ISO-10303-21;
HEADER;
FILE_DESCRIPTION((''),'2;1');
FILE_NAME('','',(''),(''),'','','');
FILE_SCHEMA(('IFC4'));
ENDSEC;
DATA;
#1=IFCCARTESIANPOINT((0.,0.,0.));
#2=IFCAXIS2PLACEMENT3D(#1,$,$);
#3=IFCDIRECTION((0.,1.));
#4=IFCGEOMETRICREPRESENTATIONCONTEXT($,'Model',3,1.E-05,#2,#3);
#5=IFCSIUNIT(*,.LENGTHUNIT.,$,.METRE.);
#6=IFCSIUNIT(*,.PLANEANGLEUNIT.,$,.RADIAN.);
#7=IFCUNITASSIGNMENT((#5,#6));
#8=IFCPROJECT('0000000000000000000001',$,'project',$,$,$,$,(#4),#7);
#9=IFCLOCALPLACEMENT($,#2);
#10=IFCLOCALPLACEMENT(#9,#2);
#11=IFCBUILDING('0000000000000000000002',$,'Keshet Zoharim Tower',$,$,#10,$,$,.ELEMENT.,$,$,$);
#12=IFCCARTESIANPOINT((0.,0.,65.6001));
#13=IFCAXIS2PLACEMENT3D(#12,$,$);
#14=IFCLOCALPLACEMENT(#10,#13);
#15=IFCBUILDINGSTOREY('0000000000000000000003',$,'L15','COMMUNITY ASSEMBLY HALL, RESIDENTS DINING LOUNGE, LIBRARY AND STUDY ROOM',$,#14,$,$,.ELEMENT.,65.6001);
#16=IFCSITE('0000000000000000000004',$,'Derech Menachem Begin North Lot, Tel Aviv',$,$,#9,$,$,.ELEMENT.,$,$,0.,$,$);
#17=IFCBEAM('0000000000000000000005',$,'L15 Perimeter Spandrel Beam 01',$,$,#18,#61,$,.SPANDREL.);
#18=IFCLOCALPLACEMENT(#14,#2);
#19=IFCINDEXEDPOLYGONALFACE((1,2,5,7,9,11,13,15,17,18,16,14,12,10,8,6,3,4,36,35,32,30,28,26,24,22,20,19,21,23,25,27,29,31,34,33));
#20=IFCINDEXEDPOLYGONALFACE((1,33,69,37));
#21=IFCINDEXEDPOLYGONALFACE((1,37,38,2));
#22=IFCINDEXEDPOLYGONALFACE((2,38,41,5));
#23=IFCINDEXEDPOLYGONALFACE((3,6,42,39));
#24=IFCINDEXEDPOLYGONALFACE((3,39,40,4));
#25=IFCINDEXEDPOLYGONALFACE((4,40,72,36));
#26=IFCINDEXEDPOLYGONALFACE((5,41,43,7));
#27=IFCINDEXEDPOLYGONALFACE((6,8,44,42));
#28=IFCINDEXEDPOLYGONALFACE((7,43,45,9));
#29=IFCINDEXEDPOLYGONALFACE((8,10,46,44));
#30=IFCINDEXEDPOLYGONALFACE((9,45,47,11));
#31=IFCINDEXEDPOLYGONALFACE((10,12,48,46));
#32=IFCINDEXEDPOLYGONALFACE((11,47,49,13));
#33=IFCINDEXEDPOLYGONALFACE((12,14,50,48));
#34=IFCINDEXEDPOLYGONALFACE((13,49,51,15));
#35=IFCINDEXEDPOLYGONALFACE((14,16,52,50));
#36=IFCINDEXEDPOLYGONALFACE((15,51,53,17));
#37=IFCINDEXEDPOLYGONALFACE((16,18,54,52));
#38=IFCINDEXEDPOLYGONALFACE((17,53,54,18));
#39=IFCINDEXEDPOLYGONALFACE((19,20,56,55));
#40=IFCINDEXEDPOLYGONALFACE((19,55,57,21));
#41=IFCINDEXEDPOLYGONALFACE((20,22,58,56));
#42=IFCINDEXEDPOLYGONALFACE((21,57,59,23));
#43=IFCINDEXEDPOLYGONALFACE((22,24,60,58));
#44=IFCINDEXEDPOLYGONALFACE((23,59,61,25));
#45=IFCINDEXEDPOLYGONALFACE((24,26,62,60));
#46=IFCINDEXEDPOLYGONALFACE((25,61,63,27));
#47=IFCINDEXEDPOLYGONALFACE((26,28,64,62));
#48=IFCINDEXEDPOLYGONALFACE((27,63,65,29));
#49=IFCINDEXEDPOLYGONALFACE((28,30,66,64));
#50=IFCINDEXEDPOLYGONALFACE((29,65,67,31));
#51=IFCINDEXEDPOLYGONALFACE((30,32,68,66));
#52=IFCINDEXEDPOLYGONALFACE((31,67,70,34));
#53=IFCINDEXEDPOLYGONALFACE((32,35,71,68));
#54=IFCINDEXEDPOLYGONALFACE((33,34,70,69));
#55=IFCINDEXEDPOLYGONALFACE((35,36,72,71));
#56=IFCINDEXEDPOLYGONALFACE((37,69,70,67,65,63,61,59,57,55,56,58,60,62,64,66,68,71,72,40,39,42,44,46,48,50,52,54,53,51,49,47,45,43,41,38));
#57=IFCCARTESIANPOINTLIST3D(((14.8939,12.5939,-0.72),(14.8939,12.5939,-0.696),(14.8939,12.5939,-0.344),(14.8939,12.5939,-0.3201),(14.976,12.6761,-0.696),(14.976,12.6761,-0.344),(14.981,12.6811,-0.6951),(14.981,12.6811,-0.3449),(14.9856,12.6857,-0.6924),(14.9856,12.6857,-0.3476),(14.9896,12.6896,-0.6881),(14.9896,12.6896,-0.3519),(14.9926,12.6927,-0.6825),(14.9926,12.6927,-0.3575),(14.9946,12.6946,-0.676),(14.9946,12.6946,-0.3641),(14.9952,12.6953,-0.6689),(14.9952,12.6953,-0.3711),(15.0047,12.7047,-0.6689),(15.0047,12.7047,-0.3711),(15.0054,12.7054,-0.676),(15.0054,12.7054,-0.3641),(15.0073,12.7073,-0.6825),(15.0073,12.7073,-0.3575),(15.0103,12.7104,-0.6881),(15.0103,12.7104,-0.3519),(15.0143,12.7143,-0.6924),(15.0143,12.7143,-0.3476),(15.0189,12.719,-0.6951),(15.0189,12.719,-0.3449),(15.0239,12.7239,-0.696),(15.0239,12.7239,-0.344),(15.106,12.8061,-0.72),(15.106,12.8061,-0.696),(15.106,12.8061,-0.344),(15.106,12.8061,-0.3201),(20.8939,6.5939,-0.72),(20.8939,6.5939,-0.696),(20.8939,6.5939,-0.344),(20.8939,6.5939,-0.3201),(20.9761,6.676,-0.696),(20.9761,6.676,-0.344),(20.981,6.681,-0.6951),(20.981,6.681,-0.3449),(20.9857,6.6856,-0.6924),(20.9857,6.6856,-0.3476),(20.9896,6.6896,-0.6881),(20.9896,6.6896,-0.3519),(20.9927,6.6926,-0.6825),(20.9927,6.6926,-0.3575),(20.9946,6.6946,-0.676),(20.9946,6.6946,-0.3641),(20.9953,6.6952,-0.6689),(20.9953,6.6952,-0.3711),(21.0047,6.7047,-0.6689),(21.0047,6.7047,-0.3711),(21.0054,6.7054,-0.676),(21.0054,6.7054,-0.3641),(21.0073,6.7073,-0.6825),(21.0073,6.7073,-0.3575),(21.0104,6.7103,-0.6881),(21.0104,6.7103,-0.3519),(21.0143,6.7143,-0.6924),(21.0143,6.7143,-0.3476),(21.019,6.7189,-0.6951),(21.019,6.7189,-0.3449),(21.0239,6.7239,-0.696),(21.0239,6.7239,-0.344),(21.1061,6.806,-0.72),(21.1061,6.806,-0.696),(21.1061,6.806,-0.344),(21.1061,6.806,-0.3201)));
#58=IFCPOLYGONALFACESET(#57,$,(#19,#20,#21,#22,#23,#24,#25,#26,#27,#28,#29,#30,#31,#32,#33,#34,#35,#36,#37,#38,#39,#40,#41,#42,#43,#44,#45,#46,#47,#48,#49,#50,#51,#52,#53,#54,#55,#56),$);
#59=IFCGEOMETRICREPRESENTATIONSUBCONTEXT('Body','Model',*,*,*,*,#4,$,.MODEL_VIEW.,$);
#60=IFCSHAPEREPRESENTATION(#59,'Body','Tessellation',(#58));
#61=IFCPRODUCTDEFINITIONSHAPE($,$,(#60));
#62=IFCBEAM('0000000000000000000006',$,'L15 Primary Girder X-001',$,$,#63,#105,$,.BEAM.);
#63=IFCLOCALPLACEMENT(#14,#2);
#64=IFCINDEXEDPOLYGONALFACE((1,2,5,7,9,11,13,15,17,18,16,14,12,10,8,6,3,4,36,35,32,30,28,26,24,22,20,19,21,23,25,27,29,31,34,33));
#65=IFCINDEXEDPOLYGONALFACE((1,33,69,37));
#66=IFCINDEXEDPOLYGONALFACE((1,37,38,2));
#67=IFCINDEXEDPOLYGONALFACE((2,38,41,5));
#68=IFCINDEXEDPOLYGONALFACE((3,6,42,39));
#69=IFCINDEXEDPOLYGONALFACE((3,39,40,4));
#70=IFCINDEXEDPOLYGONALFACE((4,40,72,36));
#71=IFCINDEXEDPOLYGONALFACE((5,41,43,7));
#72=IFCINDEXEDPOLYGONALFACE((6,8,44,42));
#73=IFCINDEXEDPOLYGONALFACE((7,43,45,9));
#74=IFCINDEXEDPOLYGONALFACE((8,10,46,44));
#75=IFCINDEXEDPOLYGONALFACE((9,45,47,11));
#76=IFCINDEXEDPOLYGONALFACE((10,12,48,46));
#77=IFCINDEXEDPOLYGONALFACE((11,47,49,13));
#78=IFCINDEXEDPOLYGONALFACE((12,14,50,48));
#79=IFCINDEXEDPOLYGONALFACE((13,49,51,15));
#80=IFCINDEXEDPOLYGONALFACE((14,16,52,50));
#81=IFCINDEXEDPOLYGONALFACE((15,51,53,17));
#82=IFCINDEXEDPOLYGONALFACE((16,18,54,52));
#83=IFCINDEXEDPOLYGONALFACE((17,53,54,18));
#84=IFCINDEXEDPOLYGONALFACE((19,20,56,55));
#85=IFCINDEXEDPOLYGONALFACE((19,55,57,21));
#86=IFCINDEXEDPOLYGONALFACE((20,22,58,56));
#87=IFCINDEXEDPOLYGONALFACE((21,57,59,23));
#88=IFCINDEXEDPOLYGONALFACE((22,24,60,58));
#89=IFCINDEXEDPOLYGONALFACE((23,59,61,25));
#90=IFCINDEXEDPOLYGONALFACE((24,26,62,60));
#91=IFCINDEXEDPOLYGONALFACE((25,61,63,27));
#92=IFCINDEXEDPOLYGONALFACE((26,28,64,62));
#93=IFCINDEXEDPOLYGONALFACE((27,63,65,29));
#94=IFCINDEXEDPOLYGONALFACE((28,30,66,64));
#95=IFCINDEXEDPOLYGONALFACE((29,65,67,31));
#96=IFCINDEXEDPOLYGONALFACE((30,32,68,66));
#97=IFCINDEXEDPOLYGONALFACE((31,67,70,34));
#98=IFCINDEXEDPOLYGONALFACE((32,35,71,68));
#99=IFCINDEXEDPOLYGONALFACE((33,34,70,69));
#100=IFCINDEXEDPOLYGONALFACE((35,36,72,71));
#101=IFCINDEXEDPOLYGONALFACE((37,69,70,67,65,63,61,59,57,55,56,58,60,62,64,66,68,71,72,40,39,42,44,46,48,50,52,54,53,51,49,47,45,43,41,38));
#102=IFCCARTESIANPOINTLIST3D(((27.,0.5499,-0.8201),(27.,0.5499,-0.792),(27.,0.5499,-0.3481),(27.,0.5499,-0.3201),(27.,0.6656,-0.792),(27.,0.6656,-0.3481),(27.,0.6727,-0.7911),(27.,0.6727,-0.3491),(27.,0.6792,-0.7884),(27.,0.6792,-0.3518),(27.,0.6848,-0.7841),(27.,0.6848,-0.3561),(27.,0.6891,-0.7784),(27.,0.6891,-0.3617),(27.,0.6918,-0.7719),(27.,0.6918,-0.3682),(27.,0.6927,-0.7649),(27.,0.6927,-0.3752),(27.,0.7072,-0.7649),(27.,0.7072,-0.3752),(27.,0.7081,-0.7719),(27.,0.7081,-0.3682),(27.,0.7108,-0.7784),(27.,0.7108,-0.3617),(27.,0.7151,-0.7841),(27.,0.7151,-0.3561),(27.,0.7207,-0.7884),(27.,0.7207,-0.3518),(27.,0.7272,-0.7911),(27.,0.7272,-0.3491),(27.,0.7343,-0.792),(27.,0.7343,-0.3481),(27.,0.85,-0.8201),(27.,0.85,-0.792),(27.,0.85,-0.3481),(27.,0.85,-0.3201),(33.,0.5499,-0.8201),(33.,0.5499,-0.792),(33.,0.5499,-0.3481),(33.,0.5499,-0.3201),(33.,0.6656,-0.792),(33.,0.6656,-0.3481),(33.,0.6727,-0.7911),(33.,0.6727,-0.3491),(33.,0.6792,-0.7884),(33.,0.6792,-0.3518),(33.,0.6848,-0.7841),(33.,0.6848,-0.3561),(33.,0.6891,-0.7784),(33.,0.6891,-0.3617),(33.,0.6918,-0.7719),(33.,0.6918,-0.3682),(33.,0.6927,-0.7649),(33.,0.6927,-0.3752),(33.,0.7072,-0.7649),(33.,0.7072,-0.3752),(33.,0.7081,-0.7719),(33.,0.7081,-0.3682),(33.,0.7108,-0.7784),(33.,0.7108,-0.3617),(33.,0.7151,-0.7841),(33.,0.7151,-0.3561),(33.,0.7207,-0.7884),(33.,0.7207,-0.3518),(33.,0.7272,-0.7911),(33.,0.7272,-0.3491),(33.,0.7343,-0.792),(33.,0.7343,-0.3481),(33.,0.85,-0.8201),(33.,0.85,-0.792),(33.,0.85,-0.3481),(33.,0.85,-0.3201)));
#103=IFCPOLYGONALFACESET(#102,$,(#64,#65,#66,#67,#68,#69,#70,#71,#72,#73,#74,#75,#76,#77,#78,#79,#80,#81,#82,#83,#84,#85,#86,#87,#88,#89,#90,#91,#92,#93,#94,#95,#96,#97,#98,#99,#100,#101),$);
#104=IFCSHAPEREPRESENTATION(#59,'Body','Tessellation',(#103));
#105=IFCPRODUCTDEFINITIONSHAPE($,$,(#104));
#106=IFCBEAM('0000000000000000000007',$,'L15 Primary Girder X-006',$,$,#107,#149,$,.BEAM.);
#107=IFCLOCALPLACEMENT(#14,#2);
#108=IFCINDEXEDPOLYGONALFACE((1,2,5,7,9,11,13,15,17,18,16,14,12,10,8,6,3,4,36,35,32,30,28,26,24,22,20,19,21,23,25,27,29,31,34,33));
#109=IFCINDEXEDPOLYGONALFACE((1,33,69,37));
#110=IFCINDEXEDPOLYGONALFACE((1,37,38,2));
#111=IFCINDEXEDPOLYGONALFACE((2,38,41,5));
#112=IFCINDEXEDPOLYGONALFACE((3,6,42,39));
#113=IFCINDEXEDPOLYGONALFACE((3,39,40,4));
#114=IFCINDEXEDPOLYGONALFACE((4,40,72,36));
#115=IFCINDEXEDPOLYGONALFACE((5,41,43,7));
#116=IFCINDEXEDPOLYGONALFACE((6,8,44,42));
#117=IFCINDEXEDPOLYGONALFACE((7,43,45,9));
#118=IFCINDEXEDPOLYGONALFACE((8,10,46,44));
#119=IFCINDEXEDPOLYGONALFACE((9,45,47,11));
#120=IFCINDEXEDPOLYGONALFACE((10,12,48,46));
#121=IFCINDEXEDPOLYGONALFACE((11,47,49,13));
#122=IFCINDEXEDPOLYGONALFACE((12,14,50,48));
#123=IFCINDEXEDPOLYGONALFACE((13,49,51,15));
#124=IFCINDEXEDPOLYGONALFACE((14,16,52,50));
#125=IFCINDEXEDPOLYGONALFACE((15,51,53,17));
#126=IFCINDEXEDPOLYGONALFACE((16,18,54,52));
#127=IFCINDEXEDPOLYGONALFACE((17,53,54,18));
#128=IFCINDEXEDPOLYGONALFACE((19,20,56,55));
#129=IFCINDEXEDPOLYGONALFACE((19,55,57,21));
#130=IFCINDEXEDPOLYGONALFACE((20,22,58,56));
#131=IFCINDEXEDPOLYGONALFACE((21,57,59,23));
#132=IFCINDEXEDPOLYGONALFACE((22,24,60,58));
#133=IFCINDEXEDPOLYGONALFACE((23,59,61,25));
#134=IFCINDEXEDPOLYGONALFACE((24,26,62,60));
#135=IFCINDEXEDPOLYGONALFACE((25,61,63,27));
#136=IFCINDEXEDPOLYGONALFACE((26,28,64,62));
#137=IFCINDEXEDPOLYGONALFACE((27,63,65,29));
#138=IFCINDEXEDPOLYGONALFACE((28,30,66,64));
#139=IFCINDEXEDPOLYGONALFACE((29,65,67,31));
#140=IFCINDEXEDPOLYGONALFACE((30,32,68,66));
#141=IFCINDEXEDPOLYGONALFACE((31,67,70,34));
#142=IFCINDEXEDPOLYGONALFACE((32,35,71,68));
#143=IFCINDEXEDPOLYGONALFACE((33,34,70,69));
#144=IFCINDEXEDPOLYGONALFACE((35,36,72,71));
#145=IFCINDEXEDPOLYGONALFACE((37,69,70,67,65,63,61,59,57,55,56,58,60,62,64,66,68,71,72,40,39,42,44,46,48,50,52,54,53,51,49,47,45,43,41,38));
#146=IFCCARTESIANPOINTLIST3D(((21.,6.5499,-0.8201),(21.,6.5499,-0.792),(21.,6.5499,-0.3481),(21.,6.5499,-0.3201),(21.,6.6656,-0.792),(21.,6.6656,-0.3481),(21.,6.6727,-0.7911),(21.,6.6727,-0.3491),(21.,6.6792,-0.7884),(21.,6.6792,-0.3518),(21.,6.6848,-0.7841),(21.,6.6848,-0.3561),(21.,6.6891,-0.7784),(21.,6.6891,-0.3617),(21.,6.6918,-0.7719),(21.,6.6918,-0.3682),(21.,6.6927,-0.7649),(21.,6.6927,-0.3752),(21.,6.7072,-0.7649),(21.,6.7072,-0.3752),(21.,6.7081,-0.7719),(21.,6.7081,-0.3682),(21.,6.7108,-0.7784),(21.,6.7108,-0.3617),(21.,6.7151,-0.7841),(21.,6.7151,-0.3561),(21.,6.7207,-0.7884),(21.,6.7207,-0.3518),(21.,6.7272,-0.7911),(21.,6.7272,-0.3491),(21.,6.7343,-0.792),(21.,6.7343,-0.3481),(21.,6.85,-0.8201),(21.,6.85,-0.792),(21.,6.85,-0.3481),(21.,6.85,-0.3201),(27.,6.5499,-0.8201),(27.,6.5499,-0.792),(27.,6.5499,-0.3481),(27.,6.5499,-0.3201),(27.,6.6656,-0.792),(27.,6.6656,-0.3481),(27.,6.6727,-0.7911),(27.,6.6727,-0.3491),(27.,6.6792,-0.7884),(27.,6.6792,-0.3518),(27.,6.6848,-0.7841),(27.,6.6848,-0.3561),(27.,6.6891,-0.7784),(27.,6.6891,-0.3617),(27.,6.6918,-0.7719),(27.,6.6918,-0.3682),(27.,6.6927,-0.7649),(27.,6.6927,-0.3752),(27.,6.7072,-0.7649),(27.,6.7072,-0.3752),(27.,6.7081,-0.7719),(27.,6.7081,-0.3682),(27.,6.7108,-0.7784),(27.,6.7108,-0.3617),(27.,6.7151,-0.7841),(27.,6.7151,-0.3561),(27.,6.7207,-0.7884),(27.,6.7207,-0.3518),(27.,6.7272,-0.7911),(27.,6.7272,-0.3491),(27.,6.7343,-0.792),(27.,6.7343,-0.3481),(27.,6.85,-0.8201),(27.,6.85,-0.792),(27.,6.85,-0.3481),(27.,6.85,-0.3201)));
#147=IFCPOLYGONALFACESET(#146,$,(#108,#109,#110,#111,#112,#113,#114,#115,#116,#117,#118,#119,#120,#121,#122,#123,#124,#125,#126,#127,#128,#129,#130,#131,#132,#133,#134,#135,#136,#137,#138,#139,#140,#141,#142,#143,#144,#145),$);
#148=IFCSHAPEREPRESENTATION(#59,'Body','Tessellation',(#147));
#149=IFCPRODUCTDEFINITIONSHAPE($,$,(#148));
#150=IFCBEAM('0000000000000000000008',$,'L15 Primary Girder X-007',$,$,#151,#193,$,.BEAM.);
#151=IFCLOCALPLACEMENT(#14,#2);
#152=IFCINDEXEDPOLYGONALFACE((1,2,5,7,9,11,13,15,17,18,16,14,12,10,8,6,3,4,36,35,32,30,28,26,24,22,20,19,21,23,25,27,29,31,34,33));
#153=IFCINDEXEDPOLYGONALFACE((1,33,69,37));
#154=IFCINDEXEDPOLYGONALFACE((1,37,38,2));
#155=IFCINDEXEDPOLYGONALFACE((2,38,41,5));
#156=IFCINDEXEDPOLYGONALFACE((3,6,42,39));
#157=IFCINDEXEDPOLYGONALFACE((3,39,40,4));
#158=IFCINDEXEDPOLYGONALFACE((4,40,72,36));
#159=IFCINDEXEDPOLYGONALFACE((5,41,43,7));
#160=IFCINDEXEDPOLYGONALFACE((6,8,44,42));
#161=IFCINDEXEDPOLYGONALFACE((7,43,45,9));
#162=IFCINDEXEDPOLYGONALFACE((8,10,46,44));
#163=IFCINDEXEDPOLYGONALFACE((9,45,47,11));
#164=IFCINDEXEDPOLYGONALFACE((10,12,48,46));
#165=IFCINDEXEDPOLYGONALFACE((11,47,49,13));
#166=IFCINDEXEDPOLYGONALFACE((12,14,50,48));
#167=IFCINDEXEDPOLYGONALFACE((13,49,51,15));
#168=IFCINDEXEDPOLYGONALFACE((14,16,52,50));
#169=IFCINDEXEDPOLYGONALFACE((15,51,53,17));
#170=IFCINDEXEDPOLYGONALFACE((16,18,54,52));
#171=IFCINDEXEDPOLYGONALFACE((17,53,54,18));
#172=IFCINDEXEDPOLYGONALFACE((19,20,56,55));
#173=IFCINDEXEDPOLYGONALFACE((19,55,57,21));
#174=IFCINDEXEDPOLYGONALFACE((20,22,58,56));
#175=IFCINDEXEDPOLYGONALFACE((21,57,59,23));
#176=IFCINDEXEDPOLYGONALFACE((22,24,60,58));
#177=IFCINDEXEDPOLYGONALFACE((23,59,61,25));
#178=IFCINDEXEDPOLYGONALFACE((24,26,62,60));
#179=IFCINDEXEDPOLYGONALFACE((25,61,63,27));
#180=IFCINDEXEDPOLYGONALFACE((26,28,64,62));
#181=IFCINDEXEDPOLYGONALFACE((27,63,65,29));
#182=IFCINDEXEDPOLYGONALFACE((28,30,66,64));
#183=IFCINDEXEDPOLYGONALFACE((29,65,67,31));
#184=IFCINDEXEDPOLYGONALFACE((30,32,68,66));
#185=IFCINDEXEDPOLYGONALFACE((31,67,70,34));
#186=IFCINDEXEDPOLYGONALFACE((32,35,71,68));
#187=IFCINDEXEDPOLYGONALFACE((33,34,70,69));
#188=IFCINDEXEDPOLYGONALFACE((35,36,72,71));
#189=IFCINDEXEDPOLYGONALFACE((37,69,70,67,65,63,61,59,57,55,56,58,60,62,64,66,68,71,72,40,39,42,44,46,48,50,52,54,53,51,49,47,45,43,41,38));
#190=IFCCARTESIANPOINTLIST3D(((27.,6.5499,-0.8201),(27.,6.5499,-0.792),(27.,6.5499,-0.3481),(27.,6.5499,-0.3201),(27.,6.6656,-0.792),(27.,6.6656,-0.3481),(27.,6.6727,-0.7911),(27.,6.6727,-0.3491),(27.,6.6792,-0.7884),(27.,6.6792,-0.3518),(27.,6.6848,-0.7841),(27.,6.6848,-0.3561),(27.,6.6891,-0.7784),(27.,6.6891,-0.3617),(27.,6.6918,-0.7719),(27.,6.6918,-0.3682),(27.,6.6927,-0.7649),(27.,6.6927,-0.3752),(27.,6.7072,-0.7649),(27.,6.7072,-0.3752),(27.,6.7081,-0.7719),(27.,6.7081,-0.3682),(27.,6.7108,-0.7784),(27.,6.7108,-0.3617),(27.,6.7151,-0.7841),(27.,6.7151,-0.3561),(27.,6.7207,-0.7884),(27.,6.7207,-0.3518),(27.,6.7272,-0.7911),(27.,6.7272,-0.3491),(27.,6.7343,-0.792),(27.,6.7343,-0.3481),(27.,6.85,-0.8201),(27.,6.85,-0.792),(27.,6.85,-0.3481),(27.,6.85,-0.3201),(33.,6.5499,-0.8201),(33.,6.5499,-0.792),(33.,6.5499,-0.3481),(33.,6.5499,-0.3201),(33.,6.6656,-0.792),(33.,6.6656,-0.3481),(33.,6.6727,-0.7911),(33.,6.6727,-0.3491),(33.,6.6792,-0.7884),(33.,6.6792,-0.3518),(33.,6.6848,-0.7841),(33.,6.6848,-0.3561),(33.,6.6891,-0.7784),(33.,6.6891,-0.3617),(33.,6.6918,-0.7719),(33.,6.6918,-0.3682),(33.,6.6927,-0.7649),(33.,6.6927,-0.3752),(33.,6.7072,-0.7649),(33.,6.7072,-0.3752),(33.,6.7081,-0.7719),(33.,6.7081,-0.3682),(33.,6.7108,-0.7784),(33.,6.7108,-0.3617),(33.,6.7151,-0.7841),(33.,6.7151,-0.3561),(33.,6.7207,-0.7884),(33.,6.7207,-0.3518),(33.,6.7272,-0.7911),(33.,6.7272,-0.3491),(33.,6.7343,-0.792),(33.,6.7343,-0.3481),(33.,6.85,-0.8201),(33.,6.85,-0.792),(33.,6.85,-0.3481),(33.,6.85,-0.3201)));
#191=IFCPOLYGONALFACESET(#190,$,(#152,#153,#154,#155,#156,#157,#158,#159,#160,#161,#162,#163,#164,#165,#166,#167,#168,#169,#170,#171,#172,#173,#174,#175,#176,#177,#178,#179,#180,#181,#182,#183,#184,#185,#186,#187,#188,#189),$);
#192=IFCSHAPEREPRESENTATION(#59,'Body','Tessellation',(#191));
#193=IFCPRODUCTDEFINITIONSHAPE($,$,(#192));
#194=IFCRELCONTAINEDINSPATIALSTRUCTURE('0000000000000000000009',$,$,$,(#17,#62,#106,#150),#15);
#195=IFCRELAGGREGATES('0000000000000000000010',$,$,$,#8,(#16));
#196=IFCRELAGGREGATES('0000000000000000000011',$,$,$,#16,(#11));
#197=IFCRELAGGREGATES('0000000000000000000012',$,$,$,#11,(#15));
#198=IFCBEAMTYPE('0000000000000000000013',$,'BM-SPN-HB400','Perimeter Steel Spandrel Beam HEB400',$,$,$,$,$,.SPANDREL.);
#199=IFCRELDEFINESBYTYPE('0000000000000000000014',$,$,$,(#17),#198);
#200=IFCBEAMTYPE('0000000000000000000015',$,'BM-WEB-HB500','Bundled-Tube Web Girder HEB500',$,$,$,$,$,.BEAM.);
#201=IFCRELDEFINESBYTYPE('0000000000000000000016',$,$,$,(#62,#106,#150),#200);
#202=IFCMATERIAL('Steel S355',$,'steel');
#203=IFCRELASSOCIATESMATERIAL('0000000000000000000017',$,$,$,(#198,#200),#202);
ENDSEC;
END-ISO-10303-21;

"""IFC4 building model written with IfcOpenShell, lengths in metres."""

from ifc_helpers import new_model, si_unit, direction, frame, origin, origin_2d, place, context, subcontext, project, spatial, i_section, extrude, material, material_profile, profile_set, type_object, element, save


model = new_model("IFC4")

# Units and contexts
model_context = context("Model", 3, precision=1e-05, world=origin(), true_north=direction((0.0, 1.0)))
body_context = subcontext(model_context, "Body", "Model", "MODEL_VIEW")
ifc_project = project(units=[si_unit("LENGTHUNIT", "METRE"), si_unit("PLANEANGLEUNIT", "RADIAN")], contexts=[model_context])

# Site, building, storey
site_placement = place(None, origin())
site = spatial("IfcSite", under=ifc_project, at=site_placement, Name="Derech Menachem Begin North Lot, Tel Aviv", CompositionType="ELEMENT", RefElevation=0.0)
building_placement = place(site_placement, origin())
building = spatial("IfcBuilding", under=site, at=building_placement, Name="Keshet Zoharim Tower", CompositionType="ELEMENT")
storey_placement = place(building_placement, frame((0.0, 0.0, 65.6001)))
storey = spatial("IfcBuildingStorey", under=building, at=storey_placement, Name="L15", Description="COMMUNITY ASSEMBLY HALL, RESIDENTS DINING LOUNGE, LIBRARY AND STUDY ROOM", CompositionType="ELEMENT", Elevation=65.6001)

# Shared definitions
ifc_material_1 = material(Name="Steel S355", Category="steel")

# Beams
ifc_material_profile_1 = material_profile(ifc_material_1, i_section(OverallWidth=0.3, OverallDepth=0.3999, WebThickness=0.0134, FlangeThickness=0.0239, FilletRadius=0.0271, at=origin_2d()), Name="HEB400")
ifc_profile_set_1 = profile_set([ifc_material_profile_1], Name="Steel S355")
beam_type_1 = type_object("IfcBeamType", Name="BM-SPN-HB400", Description="Perimeter Steel Spandrel Beam HEB400", PredefinedType="SPANDREL", material=ifc_profile_set_1)
beam_1_placement = place(storey_placement, frame((21.0, 6.7, -0.52), z_axis=(-0.707107, 0.707107, 0.0), x_axis=(-0.707107, -0.707107, 0.0)))
element("IfcBeam", 1, at=beam_1_placement, inside=storey, type_object=beam_type_1, Name="L15 Perimeter Spandrel Beam 01", PredefinedType="SPANDREL", context=body_context, shape_type="SweptSolid", body=[
    extrude(i_section(OverallWidth=0.3, OverallDepth=0.3999, WebThickness=0.0134, FlangeThickness=0.0239, FilletRadius=0.0271, at=origin_2d()), origin(), (0.0, 0.0, 1.0), 8.4854),
])
ifc_material_profile_2 = material_profile(ifc_material_1, i_section(OverallWidth=0.3, OverallDepth=0.5, WebThickness=0.0144, FlangeThickness=0.0281, FilletRadius=0.0271, at=origin_2d()), Name="HEB500")
ifc_profile_set_2 = profile_set([ifc_material_profile_2], Name="Steel S355")
beam_type_2 = type_object("IfcBeamType", Name="BM-WEB-HB500", Description="Bundled-Tube Web Girder HEB500", PredefinedType="BEAM", material=ifc_profile_set_2)
for number, where, z_axis, x_axis, name in (
    (2, (27.0, 0.7, -0.5701), (1.0, 0.0, 0.0), (0.0, 1.0, 0.0), "L15 Primary Girder X-001"),
    (3, (21.0, 6.7, -0.5701), (1.0, 0.0, 0.0), (0.0, 1.0, 0.0), "L15 Primary Girder X-006"),
    (4, (27.0, 6.7, -0.5701), (1.0, 0.0, 0.0), (0.0, 1.0, 0.0), "L15 Primary Girder X-007"),
):
    element("IfcBeam", number, at=place(storey_placement, frame(where, z_axis=z_axis, x_axis=x_axis)), inside=storey, type_object=beam_type_2, Name=name, PredefinedType="BEAM", context=body_context, shape_type="SweptSolid", body=[
        extrude(i_section(OverallWidth=0.3, OverallDepth=0.5, WebThickness=0.0144, FlangeThickness=0.0281, FilletRadius=0.0271, at=origin_2d()), origin(), (0.0, 0.0, 1.0), 6.0),
    ])

save(model, "model.ifc")
